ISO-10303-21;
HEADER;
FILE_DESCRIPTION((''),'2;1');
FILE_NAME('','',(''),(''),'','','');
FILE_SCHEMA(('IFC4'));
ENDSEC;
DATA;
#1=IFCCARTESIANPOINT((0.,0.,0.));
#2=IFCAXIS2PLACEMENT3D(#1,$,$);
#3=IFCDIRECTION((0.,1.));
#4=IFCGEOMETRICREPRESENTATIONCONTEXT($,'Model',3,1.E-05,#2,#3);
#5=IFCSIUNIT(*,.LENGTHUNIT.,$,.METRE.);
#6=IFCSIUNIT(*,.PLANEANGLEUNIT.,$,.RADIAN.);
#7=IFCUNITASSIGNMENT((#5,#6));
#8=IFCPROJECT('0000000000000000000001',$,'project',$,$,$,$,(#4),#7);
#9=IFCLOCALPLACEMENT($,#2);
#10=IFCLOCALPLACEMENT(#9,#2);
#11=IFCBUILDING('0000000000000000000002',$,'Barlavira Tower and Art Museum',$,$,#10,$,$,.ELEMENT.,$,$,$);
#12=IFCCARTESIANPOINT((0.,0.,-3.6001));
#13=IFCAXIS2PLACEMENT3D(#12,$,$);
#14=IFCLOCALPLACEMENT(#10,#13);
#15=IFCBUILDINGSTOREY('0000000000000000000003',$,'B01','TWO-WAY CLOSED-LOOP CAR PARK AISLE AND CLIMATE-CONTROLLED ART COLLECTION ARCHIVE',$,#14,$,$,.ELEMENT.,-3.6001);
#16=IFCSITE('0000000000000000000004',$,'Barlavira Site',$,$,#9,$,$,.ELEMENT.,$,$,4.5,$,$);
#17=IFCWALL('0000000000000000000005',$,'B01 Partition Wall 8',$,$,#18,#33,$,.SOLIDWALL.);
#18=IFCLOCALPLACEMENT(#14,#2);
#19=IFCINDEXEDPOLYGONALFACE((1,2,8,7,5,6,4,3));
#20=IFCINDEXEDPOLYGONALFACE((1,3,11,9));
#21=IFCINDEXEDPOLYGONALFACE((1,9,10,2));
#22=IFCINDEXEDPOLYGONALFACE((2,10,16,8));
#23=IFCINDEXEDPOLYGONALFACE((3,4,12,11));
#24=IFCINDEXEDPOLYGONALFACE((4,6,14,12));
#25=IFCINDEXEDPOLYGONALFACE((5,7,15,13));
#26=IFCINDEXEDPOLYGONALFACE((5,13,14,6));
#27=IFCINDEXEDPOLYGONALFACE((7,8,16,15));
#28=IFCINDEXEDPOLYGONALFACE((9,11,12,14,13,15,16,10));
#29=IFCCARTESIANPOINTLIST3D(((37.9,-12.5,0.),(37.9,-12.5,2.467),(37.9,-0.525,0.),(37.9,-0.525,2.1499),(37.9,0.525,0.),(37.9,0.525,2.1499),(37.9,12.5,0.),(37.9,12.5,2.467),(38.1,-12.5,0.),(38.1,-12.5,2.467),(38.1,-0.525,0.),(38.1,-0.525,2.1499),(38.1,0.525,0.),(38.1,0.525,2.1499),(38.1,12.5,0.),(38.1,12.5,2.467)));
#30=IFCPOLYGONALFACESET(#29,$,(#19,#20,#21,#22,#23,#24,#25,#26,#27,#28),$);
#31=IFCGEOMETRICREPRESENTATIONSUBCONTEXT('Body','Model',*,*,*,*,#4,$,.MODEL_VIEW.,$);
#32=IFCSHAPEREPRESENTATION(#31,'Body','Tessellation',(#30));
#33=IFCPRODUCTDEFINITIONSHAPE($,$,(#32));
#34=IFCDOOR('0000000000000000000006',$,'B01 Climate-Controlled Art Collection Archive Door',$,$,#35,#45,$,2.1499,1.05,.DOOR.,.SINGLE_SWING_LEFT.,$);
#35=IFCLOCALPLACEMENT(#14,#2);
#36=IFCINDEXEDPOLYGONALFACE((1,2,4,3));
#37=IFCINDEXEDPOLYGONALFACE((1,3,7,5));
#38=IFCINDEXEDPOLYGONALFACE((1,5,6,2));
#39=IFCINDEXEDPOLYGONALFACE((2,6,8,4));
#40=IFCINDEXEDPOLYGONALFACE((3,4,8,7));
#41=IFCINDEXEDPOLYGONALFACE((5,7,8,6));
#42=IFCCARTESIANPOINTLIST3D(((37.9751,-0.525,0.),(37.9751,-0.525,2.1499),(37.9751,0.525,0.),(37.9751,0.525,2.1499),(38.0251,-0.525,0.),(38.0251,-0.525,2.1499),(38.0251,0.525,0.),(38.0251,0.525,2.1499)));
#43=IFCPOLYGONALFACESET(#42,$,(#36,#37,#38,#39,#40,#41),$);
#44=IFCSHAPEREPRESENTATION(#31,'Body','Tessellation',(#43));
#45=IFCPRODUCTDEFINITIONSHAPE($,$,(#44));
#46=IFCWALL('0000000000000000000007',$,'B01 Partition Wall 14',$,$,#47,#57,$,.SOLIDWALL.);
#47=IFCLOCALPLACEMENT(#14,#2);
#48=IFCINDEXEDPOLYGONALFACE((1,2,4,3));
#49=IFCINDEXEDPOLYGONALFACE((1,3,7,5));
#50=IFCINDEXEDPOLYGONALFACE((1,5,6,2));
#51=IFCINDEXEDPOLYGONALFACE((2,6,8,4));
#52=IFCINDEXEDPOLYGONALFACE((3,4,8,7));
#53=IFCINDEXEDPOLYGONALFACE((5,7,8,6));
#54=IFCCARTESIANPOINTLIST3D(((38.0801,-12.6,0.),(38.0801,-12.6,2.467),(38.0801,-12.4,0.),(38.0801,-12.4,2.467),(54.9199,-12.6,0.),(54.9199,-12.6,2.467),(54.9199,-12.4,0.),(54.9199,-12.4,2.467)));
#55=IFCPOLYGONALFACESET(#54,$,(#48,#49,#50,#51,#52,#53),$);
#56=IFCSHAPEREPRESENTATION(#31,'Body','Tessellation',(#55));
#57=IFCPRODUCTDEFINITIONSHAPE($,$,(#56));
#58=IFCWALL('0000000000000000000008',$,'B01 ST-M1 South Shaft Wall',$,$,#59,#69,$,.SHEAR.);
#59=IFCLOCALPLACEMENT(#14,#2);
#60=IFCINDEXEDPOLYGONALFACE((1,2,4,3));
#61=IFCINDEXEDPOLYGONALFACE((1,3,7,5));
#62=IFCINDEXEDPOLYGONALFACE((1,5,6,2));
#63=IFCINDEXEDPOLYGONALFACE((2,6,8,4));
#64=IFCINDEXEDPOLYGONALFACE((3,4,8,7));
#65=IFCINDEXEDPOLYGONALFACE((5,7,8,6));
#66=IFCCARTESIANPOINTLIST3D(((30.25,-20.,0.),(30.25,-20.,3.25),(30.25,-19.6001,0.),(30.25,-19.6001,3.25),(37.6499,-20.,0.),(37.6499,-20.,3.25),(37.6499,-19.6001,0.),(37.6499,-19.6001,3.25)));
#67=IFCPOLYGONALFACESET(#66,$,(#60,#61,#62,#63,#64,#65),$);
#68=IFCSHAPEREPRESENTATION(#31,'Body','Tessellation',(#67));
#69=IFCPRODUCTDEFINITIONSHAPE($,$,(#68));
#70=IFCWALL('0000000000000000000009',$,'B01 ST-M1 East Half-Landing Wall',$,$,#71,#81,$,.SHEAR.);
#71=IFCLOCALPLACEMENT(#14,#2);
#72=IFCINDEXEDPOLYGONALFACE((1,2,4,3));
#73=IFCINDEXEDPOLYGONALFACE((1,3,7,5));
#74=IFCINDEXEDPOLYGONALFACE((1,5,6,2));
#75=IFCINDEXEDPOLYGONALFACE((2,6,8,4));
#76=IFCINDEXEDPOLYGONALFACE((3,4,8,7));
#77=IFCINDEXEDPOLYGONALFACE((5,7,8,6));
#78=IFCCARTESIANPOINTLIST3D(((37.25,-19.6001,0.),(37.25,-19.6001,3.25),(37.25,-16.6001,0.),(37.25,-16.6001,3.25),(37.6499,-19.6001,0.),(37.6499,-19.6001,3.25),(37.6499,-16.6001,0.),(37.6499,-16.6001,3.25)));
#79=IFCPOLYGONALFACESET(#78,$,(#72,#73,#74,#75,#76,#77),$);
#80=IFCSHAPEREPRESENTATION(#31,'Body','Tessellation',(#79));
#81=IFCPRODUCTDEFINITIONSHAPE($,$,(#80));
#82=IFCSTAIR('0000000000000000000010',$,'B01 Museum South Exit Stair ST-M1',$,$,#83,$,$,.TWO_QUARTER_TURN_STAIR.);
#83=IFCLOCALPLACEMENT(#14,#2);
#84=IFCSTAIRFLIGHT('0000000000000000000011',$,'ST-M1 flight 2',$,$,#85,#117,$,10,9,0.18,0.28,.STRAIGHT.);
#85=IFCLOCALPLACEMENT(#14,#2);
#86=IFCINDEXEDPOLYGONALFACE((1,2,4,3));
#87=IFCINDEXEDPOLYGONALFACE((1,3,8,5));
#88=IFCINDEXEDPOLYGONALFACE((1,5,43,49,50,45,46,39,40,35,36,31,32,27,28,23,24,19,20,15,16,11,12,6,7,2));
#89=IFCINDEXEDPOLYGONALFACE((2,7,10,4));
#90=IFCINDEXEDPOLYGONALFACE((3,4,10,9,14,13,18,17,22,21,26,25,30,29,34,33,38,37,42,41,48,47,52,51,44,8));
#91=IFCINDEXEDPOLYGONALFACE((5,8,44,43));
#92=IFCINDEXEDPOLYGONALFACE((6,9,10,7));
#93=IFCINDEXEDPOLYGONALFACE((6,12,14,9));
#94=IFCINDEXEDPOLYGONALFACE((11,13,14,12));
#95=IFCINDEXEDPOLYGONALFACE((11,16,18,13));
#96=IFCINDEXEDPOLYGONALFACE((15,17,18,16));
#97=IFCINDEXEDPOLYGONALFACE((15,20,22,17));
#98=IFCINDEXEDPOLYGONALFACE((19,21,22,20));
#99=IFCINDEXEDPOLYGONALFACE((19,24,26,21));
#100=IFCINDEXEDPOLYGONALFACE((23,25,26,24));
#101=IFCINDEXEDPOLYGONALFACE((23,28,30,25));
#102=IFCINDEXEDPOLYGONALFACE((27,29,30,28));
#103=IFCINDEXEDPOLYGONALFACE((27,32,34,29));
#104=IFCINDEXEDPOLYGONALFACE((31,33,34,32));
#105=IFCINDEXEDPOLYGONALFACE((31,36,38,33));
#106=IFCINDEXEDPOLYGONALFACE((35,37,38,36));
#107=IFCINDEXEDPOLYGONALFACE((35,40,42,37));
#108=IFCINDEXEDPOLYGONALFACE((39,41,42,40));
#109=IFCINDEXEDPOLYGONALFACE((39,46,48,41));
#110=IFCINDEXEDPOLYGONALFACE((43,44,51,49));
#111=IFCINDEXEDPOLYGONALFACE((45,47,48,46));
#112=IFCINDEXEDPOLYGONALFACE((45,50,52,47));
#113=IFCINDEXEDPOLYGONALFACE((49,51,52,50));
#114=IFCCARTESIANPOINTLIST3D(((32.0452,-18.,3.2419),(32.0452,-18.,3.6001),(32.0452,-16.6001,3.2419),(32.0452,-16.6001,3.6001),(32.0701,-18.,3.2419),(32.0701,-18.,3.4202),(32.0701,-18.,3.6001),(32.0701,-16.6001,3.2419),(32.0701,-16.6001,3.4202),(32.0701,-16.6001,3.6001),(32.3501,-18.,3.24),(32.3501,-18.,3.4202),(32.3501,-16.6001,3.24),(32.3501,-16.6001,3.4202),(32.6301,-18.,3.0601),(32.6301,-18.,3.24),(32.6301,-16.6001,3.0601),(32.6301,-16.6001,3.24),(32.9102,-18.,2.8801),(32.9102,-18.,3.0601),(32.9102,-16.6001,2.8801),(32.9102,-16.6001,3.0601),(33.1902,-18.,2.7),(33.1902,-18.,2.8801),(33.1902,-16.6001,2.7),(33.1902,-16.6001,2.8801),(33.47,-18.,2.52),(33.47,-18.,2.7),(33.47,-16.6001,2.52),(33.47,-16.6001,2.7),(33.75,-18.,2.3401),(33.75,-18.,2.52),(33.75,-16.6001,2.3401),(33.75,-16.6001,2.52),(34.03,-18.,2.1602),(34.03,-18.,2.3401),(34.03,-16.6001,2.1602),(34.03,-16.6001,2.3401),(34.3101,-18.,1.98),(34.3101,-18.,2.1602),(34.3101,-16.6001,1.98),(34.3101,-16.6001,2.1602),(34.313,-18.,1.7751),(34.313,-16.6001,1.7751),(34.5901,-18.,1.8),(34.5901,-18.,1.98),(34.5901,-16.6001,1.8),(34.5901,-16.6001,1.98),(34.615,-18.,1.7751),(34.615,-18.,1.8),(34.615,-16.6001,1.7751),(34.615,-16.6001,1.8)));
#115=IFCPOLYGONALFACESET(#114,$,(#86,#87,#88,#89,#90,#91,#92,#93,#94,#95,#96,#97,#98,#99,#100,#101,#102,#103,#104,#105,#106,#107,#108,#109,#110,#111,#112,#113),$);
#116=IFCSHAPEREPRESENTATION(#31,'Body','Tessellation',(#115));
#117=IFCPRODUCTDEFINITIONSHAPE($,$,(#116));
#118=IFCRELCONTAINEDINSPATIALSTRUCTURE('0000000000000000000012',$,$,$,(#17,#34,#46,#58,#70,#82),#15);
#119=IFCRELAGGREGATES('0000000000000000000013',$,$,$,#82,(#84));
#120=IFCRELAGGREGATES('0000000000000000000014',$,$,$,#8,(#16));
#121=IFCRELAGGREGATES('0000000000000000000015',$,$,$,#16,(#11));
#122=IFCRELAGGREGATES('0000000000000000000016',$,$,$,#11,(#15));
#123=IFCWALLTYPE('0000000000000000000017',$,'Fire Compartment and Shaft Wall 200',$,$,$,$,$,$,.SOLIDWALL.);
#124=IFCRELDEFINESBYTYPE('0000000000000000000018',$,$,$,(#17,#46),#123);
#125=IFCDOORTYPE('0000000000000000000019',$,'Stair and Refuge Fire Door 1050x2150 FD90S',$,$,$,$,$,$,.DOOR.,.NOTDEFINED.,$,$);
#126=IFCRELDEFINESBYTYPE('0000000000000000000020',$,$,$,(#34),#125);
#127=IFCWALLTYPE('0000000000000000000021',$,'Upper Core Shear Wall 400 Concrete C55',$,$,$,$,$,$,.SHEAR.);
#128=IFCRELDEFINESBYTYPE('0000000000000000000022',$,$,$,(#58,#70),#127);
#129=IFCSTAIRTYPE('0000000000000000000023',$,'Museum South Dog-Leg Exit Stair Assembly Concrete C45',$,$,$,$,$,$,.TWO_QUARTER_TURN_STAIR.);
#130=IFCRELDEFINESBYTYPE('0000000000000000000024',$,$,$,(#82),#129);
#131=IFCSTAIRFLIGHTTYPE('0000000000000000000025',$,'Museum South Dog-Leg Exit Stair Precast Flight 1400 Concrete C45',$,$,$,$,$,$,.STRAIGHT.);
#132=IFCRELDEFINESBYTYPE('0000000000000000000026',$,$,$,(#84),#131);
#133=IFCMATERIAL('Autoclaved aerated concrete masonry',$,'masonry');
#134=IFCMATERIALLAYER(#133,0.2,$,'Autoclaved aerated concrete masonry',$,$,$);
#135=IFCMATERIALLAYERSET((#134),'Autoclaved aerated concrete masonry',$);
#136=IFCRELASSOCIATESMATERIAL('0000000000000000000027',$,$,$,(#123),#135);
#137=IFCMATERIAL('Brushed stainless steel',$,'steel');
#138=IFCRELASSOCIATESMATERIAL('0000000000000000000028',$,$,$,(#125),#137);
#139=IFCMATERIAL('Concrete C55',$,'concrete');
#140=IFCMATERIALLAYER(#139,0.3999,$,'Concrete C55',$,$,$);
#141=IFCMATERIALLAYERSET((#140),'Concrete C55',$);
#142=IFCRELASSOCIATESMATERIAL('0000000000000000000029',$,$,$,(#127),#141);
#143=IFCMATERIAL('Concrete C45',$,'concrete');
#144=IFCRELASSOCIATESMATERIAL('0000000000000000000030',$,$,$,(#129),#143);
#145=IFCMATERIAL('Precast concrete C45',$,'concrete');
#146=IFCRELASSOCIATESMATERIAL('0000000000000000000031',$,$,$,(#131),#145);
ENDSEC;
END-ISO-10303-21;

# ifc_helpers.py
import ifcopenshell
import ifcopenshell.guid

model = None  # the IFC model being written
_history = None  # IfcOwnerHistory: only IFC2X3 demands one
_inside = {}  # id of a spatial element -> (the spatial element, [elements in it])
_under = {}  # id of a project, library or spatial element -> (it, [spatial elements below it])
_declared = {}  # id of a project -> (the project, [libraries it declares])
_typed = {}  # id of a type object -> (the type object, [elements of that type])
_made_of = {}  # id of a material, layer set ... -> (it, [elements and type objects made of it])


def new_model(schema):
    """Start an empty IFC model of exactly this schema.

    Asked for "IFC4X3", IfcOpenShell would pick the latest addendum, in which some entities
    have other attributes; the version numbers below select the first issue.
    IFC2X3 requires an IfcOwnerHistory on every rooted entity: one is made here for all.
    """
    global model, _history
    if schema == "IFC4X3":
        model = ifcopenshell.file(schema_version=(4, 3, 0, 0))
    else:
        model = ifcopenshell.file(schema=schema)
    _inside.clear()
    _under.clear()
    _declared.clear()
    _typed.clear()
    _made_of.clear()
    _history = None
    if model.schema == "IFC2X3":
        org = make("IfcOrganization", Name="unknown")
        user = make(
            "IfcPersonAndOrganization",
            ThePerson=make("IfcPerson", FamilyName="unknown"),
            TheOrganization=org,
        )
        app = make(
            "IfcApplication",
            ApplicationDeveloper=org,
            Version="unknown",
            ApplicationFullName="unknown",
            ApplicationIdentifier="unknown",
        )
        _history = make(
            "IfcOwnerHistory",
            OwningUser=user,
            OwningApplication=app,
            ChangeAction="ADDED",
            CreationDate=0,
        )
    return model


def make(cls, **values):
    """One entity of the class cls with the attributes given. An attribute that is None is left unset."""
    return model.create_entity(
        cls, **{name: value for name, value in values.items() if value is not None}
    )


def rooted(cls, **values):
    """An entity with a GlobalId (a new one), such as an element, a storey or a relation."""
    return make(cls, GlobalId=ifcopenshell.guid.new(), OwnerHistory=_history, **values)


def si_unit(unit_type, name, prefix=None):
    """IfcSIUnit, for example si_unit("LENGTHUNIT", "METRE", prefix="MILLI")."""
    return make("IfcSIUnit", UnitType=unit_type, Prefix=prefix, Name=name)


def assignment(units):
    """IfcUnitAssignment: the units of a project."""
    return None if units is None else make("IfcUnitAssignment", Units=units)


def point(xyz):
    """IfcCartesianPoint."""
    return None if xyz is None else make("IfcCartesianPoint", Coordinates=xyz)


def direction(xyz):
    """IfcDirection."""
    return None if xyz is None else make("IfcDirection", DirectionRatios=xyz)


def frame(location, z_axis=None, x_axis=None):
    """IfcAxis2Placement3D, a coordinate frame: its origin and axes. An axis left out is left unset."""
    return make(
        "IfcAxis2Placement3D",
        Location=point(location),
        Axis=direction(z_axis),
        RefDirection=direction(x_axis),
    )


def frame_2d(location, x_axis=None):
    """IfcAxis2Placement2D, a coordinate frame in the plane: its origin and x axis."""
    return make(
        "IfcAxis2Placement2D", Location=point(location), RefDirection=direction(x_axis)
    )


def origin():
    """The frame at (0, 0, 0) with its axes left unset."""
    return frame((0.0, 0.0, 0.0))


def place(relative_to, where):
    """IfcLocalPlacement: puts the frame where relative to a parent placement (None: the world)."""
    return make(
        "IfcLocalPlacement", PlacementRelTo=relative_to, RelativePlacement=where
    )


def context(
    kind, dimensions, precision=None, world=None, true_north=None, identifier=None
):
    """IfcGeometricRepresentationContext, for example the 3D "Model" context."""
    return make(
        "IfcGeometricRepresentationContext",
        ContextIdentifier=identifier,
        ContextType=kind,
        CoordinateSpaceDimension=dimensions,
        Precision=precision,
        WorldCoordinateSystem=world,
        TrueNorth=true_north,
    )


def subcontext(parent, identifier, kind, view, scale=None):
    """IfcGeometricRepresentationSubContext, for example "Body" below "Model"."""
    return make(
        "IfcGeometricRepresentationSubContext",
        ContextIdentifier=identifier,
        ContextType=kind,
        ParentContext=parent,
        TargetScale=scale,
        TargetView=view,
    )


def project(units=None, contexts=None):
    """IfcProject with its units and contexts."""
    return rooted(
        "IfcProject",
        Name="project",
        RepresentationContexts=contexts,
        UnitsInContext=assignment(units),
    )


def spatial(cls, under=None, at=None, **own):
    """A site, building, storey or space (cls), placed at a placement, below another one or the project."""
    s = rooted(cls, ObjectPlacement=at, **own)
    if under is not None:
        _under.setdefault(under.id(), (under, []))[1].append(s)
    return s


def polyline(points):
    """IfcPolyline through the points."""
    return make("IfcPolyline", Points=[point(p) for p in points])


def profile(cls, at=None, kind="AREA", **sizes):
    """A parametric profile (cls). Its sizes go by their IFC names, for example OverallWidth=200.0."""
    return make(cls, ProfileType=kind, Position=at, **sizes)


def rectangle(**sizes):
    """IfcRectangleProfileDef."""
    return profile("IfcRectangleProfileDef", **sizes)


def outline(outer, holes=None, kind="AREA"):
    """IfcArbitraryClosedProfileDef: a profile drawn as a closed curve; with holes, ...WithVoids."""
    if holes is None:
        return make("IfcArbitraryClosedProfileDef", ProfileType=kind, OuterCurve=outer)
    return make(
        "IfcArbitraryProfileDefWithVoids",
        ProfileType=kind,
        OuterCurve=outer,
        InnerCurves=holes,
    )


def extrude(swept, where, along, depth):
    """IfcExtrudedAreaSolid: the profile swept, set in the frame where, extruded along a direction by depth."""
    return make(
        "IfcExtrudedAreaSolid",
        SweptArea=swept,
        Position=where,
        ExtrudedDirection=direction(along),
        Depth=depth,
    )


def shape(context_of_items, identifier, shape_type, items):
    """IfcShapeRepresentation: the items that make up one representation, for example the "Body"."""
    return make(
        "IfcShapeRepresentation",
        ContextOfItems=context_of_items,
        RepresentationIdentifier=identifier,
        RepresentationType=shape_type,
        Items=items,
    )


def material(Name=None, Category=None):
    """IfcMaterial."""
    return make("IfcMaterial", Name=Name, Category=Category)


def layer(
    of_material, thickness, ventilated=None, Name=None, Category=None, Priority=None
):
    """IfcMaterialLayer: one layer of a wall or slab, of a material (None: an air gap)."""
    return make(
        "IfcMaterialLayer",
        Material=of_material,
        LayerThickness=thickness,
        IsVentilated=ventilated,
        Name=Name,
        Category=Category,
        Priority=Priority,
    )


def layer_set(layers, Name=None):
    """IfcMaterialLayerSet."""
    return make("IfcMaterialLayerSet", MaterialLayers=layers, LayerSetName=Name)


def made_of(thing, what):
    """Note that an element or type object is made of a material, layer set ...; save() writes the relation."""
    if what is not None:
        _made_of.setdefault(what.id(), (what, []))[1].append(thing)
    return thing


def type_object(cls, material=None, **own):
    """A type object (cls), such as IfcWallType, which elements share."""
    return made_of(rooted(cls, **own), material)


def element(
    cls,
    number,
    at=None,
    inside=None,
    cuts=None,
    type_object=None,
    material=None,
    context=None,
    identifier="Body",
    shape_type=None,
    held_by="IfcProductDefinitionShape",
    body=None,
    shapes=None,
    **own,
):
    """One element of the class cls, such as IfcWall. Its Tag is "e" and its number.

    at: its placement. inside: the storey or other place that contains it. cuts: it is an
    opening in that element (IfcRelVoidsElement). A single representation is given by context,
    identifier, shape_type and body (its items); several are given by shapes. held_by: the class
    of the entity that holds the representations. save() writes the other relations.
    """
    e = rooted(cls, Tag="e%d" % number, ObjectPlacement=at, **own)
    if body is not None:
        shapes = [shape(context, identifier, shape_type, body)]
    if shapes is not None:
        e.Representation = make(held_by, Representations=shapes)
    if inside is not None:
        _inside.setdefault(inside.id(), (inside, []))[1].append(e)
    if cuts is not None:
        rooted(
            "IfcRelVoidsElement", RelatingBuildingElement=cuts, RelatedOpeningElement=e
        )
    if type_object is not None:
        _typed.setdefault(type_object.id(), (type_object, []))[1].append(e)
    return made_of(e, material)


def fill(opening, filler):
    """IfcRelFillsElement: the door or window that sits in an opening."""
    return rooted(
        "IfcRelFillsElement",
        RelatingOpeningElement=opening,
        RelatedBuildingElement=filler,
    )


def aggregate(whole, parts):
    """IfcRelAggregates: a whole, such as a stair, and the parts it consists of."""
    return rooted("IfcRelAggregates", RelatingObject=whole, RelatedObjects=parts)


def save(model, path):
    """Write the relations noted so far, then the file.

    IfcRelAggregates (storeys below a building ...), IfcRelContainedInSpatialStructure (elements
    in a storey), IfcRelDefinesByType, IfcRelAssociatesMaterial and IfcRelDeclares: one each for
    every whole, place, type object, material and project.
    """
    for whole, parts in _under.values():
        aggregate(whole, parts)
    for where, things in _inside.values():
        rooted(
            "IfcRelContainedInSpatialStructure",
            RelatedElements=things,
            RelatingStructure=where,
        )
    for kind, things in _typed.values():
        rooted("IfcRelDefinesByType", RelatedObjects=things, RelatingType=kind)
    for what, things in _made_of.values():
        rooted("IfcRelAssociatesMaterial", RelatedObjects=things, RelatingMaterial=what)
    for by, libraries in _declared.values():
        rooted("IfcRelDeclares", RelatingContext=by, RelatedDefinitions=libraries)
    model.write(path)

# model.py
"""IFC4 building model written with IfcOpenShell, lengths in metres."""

from ifc_helpers import new_model, si_unit, direction, frame, frame_2d, origin, place, context, subcontext, project, spatial, polyline, rectangle, outline, extrude, material, layer, layer_set, type_object, element, fill, aggregate, save


model = new_model("IFC4")

# Units and contexts
model_context = context("Model", 3, precision=1e-05, world=origin(), true_north=direction((0.0, 1.0)))
body_context = subcontext(model_context, "Body", "Model", "MODEL_VIEW")
ifc_project = project(units=[si_unit("LENGTHUNIT", "METRE"), si_unit("PLANEANGLEUNIT", "RADIAN")], contexts=[model_context])

# Site, building, storey
site_placement = place(None, origin())
site = spatial("IfcSite", under=ifc_project, at=site_placement, Name="Barlavira Site", CompositionType="ELEMENT", RefElevation=4.5)
building_placement = place(site_placement, origin())
building = spatial("IfcBuilding", under=site, at=building_placement, Name="Barlavira Tower and Art Museum", CompositionType="ELEMENT")
storey_placement = place(building_placement, frame((0.0, 0.0, -3.6001)))
storey = spatial("IfcBuildingStorey", under=building, at=storey_placement, Name="B01", Description="TWO-WAY CLOSED-LOOP CAR PARK AISLE AND CLIMATE-CONTROLLED ART COLLECTION ARCHIVE", CompositionType="ELEMENT", Elevation=-3.6001)

# Wall, opening, door
ifc_material_1 = material(Name="Autoclaved aerated concrete masonry", Category="masonry")
ifc_layer_1 = layer(ifc_material_1, 0.2, Name="Autoclaved aerated concrete masonry")
ifc_layer_set_1 = layer_set([ifc_layer_1], Name="Autoclaved aerated concrete masonry")
wall_type_1 = type_object("IfcWallType", Name="Fire Compartment and Shaft Wall 200", PredefinedType="SOLIDWALL", material=ifc_layer_set_1)
wall_1_placement = place(storey_placement, frame((38.0, -12.5, 0.0), z_axis=(0.0, 0.0, 1.0), x_axis=(0.0, 1.0, 0.0)))
wall_1 = element("IfcWall", 1, at=wall_1_placement, inside=storey, type_object=wall_type_1, Name="B01 Partition Wall 8", PredefinedType="SOLIDWALL", context=body_context, shape_type="SweptSolid", body=[
    extrude(rectangle(XDim=25.0, YDim=0.2, at=frame_2d((12.5, 0.0))), origin(), (0.0, 0.0, 1.0), 2.467),
])
opening_1_placement = place(wall_1_placement, frame((11.9751, 0.0, 0.0)))
opening_1 = element("IfcOpeningElement", 2, at=opening_1_placement, cuts=wall_1, PredefinedType="OPENING", context=body_context, shape_type="SweptSolid", body=[
    extrude(rectangle(XDim=1.05, YDim=2.1499, at=frame_2d((0.5249, 1.075))), frame((0.0, 0.1099, 0.0), z_axis=(0.0, -1.0, 0.0), x_axis=(1.0, 0.0, 0.0)), (0.0, 0.0, 1.0), 0.22),
])
ifc_material_2 = material(Name="Brushed stainless steel", Category="steel")
door_type_1 = type_object("IfcDoorType", Name="Stair and Refuge Fire Door 1050x2150 FD90S", OperationType="NOTDEFINED", PredefinedType="DOOR", material=ifc_material_2)
door_1_placement = place(opening_1_placement, origin())
door_1 = element("IfcDoor", 3, at=door_1_placement, inside=storey, type_object=door_type_1, Name="B01 Climate-Controlled Art Collection Archive Door", OperationType="SINGLE_SWING_LEFT", OverallHeight=2.1499, OverallWidth=1.05, PredefinedType="DOOR", context=body_context, shape_type="SweptSolid", body=[
    extrude(rectangle(XDim=1.05, YDim=2.1499, at=frame_2d((0.5249, 1.075))), frame((0.0, 0.0249, 0.0), z_axis=(0.0, -1.0, 0.0), x_axis=(1.0, 0.0, 0.0)), (0.0, 0.0, 1.0), 0.05),
])
fill(opening_1, door_1)

# Wall
wall_2_placement = place(storey_placement, frame((38.0801, -12.5, 0.0), z_axis=(0.0, 0.0, 1.0), x_axis=(1.0, 0.0, 0.0)))
element("IfcWall", 4, at=wall_2_placement, inside=storey, type_object=wall_type_1, Name="B01 Partition Wall 14", PredefinedType="SOLIDWALL", context=body_context, shape_type="SweptSolid", body=[
    extrude(rectangle(XDim=16.8398, YDim=0.2, at=frame_2d((8.4199, 0.0))), origin(), (0.0, 0.0, 1.0), 2.467),
])

# Walls
ifc_material_3 = material(Name="Concrete C55", Category="concrete")
ifc_layer_2 = layer(ifc_material_3, 0.3999, Name="Concrete C55")
ifc_layer_set_2 = layer_set([ifc_layer_2], Name="Concrete C55")
wall_type_2 = type_object("IfcWallType", Name="Upper Core Shear Wall 400 Concrete C55", PredefinedType="SHEAR", material=ifc_layer_set_2)
wall_3_placement = place(storey_placement, frame((37.6499, -19.8, 0.0), z_axis=(0.0, 0.0, 1.0), x_axis=(-1.0, 0.0, 0.0)))
element("IfcWall", 5, at=wall_3_placement, inside=storey, type_object=wall_type_2, Name="B01 ST-M1 South Shaft Wall", PredefinedType="SHEAR", context=body_context, shape_type="SweptSolid", body=[
    extrude(rectangle(XDim=7.3999, YDim=0.3999, at=frame_2d((3.7, 0.0))), origin(), (0.0, 0.0, 1.0), 3.25),
])
wall_4_placement = place(storey_placement, frame((37.45, -19.6001, 0.0), z_axis=(0.0, 0.0, 1.0), x_axis=(0.0, 1.0, 0.0)))
element("IfcWall", 6, at=wall_4_placement, inside=storey, type_object=wall_type_2, Name="B01 ST-M1 East Half-Landing Wall", PredefinedType="SHEAR", context=body_context, shape_type="SweptSolid", body=[
    extrude(rectangle(XDim=3.0, YDim=0.3999, at=frame_2d((1.5, 0.0))), origin(), (0.0, 0.0, 1.0), 3.25),
])

# Stair, stair flight
ifc_material_4 = material(Name="Concrete C45", Category="concrete")
stair_type = type_object("IfcStairType", Name="Museum South Dog-Leg Exit Stair Assembly Concrete C45", PredefinedType="TWO_QUARTER_TURN_STAIR", material=ifc_material_4)
stair_placement = place(storey_placement, origin())
stair = element("IfcStair", 7, at=stair_placement, inside=storey, type_object=stair_type, Name="B01 Museum South Exit Stair ST-M1", PredefinedType="TWO_QUARTER_TURN_STAIR")
ifc_material_5 = material(Name="Precast concrete C45", Category="concrete")
stair_flight_type = type_object("IfcStairFlightType", Name="Museum South Dog-Leg Exit Stair Precast Flight 1400 Concrete C45", PredefinedType="STRAIGHT", material=ifc_material_5)
stair_flight_placement = place(storey_placement, frame((34.5901, -17.3, 1.8), z_axis=(0.0, 0.0, 1.0), x_axis=(-1.0, 0.0, 0.0)))
stair_flight = element("IfcStairFlight", 8, at=stair_flight_placement, type_object=stair_flight_type, Name="ST-M1 flight 2", NumberOfRisers=10, NumberOfTreads=9, PredefinedType="STRAIGHT", RiserHeight=0.18, TreadLength=0.28, context=body_context, shape_type="SweptSolid", body=[
    extrude(outline(polyline([(-0.0249, 0.0), (0.0, 0.0), (0.0, 0.1799), (0.28, 0.1799), (0.28, 0.3601), (0.5601, 0.3601), (0.5601, 0.54), (0.8401, 0.54), (0.8401, 0.72), (1.1201, 0.72), (1.1201, 0.8999), (1.3999, 0.8999), (1.3999, 1.0801), (1.6799, 1.0801), (1.6799, 1.26), (1.96, 1.26), (1.96, 1.4399), (2.24, 1.4399), (2.24, 1.6201), (2.52, 1.6201), (2.52, 1.8), (2.5449, 1.8), (2.5449, 1.4419), (2.52, 1.4419), (0.2771, -0.0249), (-0.0249, -0.0249), (-0.0249, 0.0)])), frame((0.0, 0.7, 0.0), z_axis=(0.0, -1.0, 0.0), x_axis=(1.0, 0.0, 0.0)), (0.0, 0.0, 1.0), 1.3999),
])
aggregate(stair, [stair_flight])

save(model, "model.ifc")
